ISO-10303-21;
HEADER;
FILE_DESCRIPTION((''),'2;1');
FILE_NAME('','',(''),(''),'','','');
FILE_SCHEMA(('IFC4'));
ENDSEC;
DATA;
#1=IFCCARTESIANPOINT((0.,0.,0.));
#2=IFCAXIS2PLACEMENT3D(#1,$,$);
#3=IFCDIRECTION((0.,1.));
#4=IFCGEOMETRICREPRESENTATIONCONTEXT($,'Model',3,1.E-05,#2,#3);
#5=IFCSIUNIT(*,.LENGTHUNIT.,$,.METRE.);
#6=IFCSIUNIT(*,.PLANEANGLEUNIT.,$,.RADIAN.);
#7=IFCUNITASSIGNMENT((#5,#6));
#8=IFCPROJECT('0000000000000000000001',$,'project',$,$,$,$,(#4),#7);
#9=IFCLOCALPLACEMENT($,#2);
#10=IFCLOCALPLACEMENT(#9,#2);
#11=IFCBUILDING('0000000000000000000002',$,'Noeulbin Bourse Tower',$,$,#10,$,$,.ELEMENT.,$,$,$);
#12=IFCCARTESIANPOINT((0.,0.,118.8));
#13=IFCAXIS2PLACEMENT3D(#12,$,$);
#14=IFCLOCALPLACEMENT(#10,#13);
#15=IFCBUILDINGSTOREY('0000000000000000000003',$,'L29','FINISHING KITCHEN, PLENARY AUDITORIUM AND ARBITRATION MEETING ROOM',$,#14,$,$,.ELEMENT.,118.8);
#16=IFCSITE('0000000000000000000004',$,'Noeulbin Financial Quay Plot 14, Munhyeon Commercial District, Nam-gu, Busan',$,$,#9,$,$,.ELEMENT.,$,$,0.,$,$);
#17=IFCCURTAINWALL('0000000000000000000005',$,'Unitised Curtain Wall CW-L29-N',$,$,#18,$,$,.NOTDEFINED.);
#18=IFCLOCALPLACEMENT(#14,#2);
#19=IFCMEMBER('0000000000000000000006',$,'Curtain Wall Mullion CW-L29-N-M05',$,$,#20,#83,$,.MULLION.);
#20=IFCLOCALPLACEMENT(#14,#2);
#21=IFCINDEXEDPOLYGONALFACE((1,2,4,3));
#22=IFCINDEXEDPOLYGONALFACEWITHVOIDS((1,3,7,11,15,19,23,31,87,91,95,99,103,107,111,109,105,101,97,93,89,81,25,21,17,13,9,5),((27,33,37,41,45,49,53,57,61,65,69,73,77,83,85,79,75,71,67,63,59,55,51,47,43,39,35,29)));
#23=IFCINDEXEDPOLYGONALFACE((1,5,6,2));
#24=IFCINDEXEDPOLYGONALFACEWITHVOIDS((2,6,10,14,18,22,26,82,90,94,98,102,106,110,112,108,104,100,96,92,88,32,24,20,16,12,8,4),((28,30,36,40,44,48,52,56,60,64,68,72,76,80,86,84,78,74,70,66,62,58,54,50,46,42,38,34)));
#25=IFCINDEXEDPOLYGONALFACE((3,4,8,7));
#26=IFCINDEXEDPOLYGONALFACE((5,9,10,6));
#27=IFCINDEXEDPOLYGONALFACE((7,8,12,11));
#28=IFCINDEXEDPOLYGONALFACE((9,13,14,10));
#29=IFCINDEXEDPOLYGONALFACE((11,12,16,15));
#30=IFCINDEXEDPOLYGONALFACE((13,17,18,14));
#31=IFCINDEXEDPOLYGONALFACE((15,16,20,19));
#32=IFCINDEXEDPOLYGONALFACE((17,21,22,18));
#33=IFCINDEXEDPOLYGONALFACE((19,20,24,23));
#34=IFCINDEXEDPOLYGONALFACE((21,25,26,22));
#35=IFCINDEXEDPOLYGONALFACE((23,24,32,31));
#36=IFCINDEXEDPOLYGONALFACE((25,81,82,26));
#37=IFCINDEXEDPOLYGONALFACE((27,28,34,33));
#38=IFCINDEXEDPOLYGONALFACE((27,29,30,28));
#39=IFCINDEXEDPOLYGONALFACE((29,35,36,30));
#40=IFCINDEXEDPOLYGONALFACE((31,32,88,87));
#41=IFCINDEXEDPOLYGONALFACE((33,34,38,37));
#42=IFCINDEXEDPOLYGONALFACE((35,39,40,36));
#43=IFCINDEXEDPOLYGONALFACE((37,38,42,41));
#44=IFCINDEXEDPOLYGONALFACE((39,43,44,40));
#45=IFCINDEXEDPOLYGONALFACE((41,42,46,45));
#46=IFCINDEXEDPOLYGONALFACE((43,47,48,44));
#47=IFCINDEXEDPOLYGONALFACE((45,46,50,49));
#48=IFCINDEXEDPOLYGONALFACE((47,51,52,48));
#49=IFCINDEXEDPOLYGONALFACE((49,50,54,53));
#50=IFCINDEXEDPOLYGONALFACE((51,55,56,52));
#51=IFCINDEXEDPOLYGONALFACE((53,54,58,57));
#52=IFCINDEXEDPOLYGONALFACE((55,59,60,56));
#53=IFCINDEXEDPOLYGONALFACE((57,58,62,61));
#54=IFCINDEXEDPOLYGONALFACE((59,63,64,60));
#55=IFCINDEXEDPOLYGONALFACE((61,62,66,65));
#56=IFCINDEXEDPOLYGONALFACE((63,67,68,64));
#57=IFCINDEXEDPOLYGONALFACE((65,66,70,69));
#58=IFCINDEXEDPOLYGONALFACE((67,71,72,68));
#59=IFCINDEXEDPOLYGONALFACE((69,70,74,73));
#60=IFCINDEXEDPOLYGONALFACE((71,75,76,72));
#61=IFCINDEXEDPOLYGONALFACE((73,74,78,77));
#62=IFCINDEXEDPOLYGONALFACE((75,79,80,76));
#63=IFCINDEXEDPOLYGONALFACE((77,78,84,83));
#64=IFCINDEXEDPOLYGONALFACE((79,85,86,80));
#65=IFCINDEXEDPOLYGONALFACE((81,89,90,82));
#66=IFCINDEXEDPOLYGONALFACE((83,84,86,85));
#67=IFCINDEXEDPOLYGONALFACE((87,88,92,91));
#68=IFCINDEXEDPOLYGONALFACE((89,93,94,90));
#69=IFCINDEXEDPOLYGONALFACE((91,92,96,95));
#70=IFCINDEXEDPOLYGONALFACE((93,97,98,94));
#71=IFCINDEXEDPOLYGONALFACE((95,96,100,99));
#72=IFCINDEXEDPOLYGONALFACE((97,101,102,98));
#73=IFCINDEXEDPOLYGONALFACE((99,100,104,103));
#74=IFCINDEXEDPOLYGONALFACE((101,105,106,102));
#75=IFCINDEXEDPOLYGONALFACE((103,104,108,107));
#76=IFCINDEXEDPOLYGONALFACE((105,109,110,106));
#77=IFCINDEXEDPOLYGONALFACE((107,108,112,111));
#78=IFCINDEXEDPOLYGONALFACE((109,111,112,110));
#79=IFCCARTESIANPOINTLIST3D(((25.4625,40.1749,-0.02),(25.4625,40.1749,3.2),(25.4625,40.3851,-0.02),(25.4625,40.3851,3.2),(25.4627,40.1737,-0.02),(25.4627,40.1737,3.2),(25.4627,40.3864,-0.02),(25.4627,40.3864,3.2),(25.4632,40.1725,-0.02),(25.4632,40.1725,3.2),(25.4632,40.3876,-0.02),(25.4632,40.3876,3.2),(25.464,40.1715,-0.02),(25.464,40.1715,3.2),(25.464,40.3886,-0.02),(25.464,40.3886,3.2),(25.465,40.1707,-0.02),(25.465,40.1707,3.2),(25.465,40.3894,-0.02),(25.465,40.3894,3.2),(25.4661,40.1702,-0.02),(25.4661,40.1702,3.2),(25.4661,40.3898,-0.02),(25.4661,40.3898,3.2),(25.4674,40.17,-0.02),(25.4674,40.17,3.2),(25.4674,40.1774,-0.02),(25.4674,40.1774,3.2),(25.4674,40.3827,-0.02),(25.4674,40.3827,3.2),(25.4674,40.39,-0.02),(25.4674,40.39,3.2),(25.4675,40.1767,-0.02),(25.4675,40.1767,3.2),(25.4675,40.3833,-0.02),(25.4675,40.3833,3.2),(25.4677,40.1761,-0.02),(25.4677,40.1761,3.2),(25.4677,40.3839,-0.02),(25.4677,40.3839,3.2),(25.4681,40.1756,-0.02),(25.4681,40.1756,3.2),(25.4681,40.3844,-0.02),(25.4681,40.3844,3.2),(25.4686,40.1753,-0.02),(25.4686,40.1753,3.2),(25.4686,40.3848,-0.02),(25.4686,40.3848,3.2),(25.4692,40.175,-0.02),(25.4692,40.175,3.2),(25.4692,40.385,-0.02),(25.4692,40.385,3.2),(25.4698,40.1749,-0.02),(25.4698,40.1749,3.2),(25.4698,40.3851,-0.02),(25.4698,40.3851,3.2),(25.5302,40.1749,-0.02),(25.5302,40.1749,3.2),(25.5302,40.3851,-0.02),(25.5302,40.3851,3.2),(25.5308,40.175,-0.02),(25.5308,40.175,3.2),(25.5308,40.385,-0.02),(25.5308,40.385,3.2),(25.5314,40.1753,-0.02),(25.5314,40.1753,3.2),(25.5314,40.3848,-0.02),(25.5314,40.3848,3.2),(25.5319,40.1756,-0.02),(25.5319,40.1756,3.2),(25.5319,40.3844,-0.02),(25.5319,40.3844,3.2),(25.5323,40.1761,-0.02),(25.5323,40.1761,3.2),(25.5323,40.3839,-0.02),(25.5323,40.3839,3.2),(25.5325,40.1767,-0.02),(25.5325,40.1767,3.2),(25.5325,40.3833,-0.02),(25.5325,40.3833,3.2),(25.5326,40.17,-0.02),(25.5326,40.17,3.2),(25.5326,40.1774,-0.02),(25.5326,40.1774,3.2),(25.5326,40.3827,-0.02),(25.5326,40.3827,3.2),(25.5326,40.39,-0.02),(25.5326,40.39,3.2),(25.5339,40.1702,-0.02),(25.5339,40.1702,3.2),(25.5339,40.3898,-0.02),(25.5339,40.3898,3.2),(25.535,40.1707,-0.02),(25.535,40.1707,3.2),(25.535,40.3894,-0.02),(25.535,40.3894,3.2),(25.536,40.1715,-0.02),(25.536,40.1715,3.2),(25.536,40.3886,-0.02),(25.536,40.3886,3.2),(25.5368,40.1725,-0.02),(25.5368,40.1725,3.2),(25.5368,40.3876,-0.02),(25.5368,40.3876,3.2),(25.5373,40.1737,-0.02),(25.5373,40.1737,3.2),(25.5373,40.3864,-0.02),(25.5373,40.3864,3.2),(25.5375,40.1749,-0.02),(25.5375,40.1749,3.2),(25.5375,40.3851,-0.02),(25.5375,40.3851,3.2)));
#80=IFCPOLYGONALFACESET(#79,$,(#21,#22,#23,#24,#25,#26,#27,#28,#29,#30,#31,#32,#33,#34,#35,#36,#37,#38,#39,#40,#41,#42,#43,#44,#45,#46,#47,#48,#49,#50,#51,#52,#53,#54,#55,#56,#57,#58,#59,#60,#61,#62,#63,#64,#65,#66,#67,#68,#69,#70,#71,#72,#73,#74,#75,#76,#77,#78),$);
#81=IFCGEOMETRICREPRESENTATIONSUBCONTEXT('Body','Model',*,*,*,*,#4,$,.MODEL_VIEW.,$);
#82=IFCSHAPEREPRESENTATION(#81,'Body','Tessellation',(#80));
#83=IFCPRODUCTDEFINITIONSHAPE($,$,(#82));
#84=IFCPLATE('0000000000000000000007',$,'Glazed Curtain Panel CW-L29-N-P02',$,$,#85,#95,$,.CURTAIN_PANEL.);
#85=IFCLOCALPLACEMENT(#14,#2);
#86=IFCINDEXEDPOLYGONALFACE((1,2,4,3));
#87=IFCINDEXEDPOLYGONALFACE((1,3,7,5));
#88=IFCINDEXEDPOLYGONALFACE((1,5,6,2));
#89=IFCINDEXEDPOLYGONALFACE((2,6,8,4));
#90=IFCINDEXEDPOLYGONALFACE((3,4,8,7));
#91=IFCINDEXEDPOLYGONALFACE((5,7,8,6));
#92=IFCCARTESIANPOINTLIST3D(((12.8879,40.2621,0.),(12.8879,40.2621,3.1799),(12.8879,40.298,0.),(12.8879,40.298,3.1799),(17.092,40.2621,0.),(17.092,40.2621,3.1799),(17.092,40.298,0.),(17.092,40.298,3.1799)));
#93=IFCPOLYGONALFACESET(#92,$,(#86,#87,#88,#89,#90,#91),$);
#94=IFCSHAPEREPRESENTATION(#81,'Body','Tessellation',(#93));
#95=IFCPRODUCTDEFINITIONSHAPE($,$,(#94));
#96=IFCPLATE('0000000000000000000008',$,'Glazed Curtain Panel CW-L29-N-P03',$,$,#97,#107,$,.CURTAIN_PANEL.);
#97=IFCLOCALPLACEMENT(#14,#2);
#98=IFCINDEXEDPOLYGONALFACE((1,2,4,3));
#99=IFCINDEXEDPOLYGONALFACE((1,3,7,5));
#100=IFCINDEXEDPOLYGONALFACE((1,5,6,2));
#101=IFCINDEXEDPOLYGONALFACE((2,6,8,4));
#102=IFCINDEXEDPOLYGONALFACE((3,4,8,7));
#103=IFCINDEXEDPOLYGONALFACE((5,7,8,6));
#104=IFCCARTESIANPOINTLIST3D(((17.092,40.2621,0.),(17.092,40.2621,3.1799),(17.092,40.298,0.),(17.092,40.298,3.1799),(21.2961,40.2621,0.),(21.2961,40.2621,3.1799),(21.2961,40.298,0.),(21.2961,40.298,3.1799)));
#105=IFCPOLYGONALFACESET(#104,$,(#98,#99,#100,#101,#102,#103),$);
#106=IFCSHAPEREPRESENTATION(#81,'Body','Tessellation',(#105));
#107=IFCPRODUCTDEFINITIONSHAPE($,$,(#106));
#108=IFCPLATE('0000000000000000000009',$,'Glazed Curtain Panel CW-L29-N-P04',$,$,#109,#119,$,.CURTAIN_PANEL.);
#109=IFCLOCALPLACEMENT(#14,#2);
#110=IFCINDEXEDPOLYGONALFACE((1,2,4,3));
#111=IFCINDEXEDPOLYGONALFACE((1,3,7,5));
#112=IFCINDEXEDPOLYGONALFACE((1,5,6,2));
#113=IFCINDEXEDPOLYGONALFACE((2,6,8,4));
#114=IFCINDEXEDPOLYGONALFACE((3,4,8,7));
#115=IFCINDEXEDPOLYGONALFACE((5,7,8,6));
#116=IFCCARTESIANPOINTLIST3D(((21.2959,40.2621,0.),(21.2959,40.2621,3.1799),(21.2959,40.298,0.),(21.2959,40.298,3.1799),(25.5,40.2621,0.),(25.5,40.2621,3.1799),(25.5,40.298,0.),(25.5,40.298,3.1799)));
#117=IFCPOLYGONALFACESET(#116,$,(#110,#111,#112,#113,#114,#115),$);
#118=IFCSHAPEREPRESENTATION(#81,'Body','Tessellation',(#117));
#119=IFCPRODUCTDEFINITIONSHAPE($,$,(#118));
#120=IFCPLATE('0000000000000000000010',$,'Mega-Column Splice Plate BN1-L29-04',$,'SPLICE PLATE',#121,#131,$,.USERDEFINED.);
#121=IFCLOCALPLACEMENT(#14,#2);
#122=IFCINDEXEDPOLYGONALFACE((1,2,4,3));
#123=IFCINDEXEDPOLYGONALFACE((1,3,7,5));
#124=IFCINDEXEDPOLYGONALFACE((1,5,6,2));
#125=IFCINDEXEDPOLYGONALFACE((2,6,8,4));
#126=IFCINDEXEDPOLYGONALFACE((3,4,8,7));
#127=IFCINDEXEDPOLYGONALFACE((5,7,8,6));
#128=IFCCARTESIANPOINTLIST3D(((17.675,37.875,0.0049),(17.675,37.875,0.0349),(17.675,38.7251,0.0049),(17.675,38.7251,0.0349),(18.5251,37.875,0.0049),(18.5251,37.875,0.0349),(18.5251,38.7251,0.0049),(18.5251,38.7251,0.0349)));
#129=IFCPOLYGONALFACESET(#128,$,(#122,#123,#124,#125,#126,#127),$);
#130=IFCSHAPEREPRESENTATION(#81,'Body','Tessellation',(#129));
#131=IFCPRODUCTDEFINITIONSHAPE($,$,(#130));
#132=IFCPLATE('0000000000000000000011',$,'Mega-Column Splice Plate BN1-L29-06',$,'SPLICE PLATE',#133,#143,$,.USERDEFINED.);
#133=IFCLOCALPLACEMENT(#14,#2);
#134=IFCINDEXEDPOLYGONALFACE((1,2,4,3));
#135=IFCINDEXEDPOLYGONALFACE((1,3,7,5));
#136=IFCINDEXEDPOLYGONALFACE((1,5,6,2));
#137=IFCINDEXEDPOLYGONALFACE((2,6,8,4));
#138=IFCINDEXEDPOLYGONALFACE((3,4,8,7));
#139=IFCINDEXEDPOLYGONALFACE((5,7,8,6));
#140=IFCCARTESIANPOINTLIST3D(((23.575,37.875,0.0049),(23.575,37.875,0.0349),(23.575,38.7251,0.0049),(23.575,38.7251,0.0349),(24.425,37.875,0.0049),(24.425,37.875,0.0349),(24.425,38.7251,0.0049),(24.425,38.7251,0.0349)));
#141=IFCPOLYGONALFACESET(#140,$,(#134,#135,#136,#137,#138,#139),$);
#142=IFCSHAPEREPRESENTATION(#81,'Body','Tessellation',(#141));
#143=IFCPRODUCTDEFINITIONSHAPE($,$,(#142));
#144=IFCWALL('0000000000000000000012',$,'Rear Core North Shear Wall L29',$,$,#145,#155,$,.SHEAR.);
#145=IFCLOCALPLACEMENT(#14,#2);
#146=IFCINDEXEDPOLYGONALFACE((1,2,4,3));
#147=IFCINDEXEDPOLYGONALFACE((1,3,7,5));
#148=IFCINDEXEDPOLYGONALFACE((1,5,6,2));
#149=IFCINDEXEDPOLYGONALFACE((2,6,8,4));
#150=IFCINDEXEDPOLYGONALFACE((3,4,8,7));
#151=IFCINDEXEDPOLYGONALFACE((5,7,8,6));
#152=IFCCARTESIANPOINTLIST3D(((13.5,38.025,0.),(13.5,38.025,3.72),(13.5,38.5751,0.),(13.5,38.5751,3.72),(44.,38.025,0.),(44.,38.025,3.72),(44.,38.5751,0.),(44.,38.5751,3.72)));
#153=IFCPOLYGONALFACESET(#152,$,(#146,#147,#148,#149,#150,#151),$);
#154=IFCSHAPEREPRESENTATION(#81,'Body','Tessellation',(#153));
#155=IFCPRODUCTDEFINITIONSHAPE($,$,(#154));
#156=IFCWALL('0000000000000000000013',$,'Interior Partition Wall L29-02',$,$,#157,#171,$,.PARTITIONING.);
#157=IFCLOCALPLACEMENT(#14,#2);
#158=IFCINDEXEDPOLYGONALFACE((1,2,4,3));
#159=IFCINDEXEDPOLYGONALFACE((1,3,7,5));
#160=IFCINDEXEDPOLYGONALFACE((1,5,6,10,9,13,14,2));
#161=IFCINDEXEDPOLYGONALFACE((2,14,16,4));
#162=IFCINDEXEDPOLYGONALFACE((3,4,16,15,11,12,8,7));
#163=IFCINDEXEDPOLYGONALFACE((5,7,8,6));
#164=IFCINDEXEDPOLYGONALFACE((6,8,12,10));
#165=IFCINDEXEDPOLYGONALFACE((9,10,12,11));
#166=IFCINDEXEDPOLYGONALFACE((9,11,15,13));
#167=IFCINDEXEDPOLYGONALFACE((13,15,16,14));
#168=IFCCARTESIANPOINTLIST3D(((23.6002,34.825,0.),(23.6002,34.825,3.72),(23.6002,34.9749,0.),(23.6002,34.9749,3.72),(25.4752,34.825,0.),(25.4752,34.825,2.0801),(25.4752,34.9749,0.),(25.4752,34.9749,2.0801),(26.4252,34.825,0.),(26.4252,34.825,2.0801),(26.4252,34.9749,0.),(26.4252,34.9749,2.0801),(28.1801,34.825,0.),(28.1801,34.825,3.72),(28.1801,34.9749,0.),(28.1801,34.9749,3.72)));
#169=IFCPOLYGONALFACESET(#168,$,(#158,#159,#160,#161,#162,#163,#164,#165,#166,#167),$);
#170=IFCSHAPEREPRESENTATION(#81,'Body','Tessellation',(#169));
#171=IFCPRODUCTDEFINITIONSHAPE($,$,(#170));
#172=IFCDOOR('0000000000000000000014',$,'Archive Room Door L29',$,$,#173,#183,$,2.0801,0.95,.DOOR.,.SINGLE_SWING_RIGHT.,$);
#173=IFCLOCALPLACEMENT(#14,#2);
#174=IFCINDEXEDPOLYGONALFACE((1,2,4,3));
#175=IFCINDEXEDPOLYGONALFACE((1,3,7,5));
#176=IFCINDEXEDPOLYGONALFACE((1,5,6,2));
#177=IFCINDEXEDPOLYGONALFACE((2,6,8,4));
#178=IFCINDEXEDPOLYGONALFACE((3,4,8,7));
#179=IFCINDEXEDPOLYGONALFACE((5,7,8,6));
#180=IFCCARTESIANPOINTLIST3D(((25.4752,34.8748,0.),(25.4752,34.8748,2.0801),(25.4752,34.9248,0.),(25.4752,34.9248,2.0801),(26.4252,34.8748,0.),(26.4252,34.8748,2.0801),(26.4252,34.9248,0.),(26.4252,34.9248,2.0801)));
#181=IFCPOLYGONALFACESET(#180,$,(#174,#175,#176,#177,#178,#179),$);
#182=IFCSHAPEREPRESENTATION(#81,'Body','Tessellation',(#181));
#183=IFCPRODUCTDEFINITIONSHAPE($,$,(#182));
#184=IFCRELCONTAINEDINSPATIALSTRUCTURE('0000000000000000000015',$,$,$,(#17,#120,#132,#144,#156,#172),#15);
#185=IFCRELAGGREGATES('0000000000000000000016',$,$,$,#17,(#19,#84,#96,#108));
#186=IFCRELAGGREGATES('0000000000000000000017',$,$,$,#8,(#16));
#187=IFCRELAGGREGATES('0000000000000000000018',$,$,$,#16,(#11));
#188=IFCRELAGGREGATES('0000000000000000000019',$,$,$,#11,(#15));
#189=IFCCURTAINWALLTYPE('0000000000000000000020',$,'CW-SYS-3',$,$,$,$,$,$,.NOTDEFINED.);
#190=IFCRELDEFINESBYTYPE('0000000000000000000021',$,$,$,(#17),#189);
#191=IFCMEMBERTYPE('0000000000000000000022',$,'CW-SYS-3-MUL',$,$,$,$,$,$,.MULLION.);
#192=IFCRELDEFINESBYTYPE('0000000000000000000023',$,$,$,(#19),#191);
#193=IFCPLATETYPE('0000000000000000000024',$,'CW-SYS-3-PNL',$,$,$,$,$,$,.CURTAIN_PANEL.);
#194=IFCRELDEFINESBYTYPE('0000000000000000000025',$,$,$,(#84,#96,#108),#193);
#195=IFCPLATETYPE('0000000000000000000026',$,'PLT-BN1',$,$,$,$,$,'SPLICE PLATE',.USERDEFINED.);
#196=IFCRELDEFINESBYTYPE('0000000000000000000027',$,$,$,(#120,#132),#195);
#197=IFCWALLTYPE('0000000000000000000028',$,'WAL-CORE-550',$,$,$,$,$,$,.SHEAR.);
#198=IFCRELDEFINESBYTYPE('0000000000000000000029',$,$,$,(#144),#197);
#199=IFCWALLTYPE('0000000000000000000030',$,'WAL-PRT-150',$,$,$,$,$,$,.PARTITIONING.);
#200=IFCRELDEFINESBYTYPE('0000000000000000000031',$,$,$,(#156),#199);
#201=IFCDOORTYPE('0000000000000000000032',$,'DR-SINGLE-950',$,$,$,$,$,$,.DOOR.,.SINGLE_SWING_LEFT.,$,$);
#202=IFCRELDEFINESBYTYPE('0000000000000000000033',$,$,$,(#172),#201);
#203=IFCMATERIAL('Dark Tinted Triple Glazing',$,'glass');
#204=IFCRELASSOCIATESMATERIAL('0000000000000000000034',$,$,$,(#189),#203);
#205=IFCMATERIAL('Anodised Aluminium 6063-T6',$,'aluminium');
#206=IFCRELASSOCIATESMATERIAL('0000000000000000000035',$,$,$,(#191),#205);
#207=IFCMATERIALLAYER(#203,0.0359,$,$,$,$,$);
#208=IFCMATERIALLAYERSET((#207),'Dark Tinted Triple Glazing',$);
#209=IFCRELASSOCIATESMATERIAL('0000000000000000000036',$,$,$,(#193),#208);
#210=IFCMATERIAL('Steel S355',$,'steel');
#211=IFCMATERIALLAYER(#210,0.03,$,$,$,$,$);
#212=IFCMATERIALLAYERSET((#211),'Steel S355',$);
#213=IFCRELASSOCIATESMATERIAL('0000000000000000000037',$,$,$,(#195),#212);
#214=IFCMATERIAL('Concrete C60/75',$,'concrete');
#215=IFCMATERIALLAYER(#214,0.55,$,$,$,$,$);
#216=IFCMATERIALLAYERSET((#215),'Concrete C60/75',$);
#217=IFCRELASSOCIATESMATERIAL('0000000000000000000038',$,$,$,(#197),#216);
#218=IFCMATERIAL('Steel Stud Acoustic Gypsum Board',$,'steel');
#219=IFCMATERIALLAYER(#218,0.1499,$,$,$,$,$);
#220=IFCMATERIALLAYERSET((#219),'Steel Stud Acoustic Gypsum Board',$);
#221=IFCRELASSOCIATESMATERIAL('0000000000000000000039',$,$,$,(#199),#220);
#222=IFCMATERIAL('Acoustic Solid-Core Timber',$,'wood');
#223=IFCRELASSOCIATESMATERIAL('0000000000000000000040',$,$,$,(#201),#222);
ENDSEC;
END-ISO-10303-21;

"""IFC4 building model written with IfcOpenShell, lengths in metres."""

from ifc_helpers import new_model, si_unit, direction, frame, frame_2d, origin, origin_2d, place, context, subcontext, project, spatial, rectangle, hollow_rectangle, extrude, material, layer, layer_set, material_profile, profile_set, type_object, element, fill, aggregate, save


model = new_model("IFC4")

# Units and contexts
model_context = context("Model", 3, precision=1e-05, world=origin(), true_north=direction((0.0, 1.0)))
body_context = subcontext(model_context, "Body", "Model", "MODEL_VIEW")
ifc_project = project(units=[si_unit("LENGTHUNIT", "METRE"), si_unit("PLANEANGLEUNIT", "RADIAN")], contexts=[model_context])

# Site, building, storey
site_placement = place(None, origin())
site = spatial("IfcSite", under=ifc_project, at=site_placement, Name="Noeulbin Financial Quay Plot 14, Munhyeon Commercial District, Nam-gu, Busan", CompositionType="ELEMENT", RefElevation=0.0)
building_placement = place(site_placement, origin())
building = spatial("IfcBuilding", under=site, at=building_placement, Name="Noeulbin Bourse Tower", CompositionType="ELEMENT")
storey_placement = place(building_placement, frame((0.0, 0.0, 118.8)))
storey = spatial("IfcBuildingStorey", under=building, at=storey_placement, Name="L29", Description="FINISHING KITCHEN, PLENARY AUDITORIUM AND ARBITRATION MEETING ROOM", CompositionType="ELEMENT", Elevation=118.8)

# Shared definitions
ifc_material_1 = material(Name="Steel S355", Category="steel")

# Curtain wall, member, plates
ifc_material_2 = material(Name="Dark Tinted Triple Glazing", Category="glass")
curtain_wall_type = type_object("IfcCurtainWallType", Name="CW-SYS-3", PredefinedType="NOTDEFINED", material=ifc_material_2)
curtain_wall_placement = place(storey_placement, origin())
curtain_wall = element("IfcCurtainWall", 1, at=curtain_wall_placement, inside=storey, type_object=curtain_wall_type, Name="Unitised Curtain Wall CW-L29-N", PredefinedType="NOTDEFINED")
ifc_material_3 = material(Name="Anodised Aluminium 6063-T6", Category="aluminium")
ifc_material_profile_1 = material_profile(ifc_material_3, hollow_rectangle(XDim=0.075, YDim=0.22, WallThickness=0.0049, InnerFilletRadius=0.0024, OuterFilletRadius=0.0049, at=origin_2d()), Name="ALU-MULL-75x220x5", Category="LoadBearing")
ifc_profile_set_1 = profile_set([ifc_material_profile_1], Name="Anodised Aluminium 6063-T6")
member_type = type_object("IfcMemberType", Name="CW-SYS-3-MUL", PredefinedType="MULLION", material=ifc_profile_set_1)
member_1_placement = place(storey_placement, frame((25.5, 40.28, -0.02), z_axis=(0.0, 0.0, 1.0), x_axis=(1.0, 0.0, 0.0)))
member_1 = element("IfcMember", 2, at=member_1_placement, type_object=member_type, Name="Curtain Wall Mullion CW-L29-N-M05", PredefinedType="MULLION", context=body_context, shape_type="SweptSolid", body=[
    extrude(hollow_rectangle(XDim=0.075, YDim=0.22, WallThickness=0.0049, InnerFilletRadius=0.0024, OuterFilletRadius=0.0049, at=origin_2d()), origin(), (0.0, 0.0, 1.0), 3.22),
])
ifc_layer_1 = layer(ifc_material_2, 0.0359)
ifc_layer_set_1 = layer_set([ifc_layer_1], Name="Dark Tinted Triple Glazing")
plate_type_1 = type_object("IfcPlateType", Name="CW-SYS-3-PNL", PredefinedType="CURTAIN_PANEL", material=ifc_layer_set_1)
plate_1_placement = place(storey_placement, frame((14.99, 40.28, 0.0), z_axis=(0.0, 0.0, 1.0), x_axis=(1.0, 0.0, 0.0)))
plate_1 = element("IfcPlate", 3, at=plate_1_placement, type_object=plate_type_1, Name="Glazed Curtain Panel CW-L29-N-P02", PredefinedType="CURTAIN_PANEL", context=body_context, shape_type="SweptSolid", body=[
    extrude(rectangle(XDim=4.2041, YDim=0.0359, at=origin_2d()), origin(), (0.0, 0.0, 1.0), 3.1799),
])
plate_2_placement = place(storey_placement, frame((19.1941, 40.28, 0.0), z_axis=(0.0, 0.0, 1.0), x_axis=(1.0, 0.0, 0.0)))
plate_2 = element("IfcPlate", 4, at=plate_2_placement, type_object=plate_type_1, Name="Glazed Curtain Panel CW-L29-N-P03", PredefinedType="CURTAIN_PANEL", context=body_context, shape_type="SweptSolid", body=[
    extrude(rectangle(XDim=4.2041, YDim=0.0359, at=origin_2d()), origin(), (0.0, 0.0, 1.0), 3.1799),
])
plate_3_placement = place(storey_placement, frame((23.3979, 40.28, 0.0), z_axis=(0.0, 0.0, 1.0), x_axis=(1.0, 0.0, 0.0)))
plate_3 = element("IfcPlate", 5, at=plate_3_placement, type_object=plate_type_1, Name="Glazed Curtain Panel CW-L29-N-P04", PredefinedType="CURTAIN_PANEL", context=body_context, shape_type="SweptSolid", body=[
    extrude(rectangle(XDim=4.2041, YDim=0.0359, at=origin_2d()), origin(), (0.0, 0.0, 1.0), 3.1799),
])
aggregate(curtain_wall, [member_1, plate_1, plate_2, plate_3])

# Plates
ifc_layer_2 = layer(ifc_material_1, 0.03)
ifc_layer_set_2 = layer_set([ifc_layer_2], Name="Steel S355")
plate_type_2 = type_object("IfcPlateType", Name="PLT-BN1", ElementType="SPLICE PLATE", PredefinedType="USERDEFINED", material=ifc_layer_set_2)
for number, where, z_axis, x_axis, name in (
    (6, (18.1001, 38.3, 0.0049), (0.0, 0.0, 1.0), (1.0, 0.0, 0.0), "Mega-Column Splice Plate BN1-L29-04"),
    (7, (24.0, 38.3, 0.0049), (0.0, 0.0, 1.0), (1.0, 0.0, 0.0), "Mega-Column Splice Plate BN1-L29-06"),
):
    element("IfcPlate", number, at=place(storey_placement, frame(where, z_axis=z_axis, x_axis=x_axis)), inside=storey, type_object=plate_type_2, Name=name, ObjectType="SPLICE PLATE", PredefinedType="USERDEFINED", context=body_context, shape_type="SweptSolid", body=[
        extrude(rectangle(XDim=0.8501, YDim=0.8501, at=origin_2d()), origin(), (0.0, 0.0, 1.0), 0.03),
    ])

# Wall
ifc_material_4 = material(Name="Concrete C60/75", Category="concrete")
ifc_layer_3 = layer(ifc_material_4, 0.55)
ifc_layer_set_3 = layer_set([ifc_layer_3], Name="Concrete C60/75")
wall_type_1 = type_object("IfcWallType", Name="WAL-CORE-550", PredefinedType="SHEAR", material=ifc_layer_set_3)
wall_1_placement = place(storey_placement, frame((13.5, 38.3, 0.0), z_axis=(0.0, 0.0, 1.0), x_axis=(1.0, 0.0, 0.0)))
element("IfcWall", 8, at=wall_1_placement, inside=storey, type_object=wall_type_1, Name="Rear Core North Shear Wall L29", PredefinedType="SHEAR", context=body_context, shape_type="SweptSolid", body=[
    extrude(rectangle(XDim=30.5, YDim=0.55, at=frame_2d((15.25, 0.0))), origin(), (0.0, 0.0, 1.0), 3.72),
])

# Wall, opening, door
ifc_material_5 = material(Name="Steel Stud Acoustic Gypsum Board", Category="steel")
ifc_layer_4 = layer(ifc_material_5, 0.1499)
ifc_layer_set_4 = layer_set([ifc_layer_4], Name="Steel Stud Acoustic Gypsum Board")
wall_type_2 = type_object("IfcWallType", Name="WAL-PRT-150", PredefinedType="PARTITIONING", material=ifc_layer_set_4)
wall_2_placement = place(storey_placement, frame((23.6001, 34.8999, 0.0), z_axis=(0.0, 0.0, 1.0), x_axis=(1.0, 0.0, 0.0)))
wall_2 = element("IfcWall", 9, at=wall_2_placement, inside=storey, type_object=wall_type_2, Name="Interior Partition Wall L29-02", PredefinedType="PARTITIONING", context=body_context, shape_type="SweptSolid", body=[
    extrude(rectangle(XDim=4.5798, YDim=0.1499, at=frame_2d((2.29, 0.0))), origin(), (0.0, 0.0, 1.0), 3.72),
])
opening_1_placement = place(wall_2_placement, frame((1.875, 0.0, 0.0)))
opening_1 = element("IfcOpeningElement", 10, at=opening_1_placement, cuts=wall_2, PredefinedType="OPENING", context=body_context, shape_type="SweptSolid", body=[
    extrude(rectangle(XDim=0.95, YDim=2.0801, at=frame_2d((0.4751, 1.04))), frame((0.0, 0.085, 0.0), z_axis=(0.0, -1.0, 0.0), x_axis=(1.0, 0.0, 0.0)), (0.0, 0.0, 1.0), 0.1699),
])
ifc_material_6 = material(Name="Acoustic Solid-Core Timber", Category="wood")
door_type_1 = type_object("IfcDoorType", Name="DR-SINGLE-950", OperationType="SINGLE_SWING_LEFT", PredefinedType="DOOR", material=ifc_material_6)
door_1_placement = place(opening_1_placement, origin())
door_1 = element("IfcDoor", 11, at=door_1_placement, inside=storey, type_object=door_type_1, Name="Archive Room Door L29", OperationType="SINGLE_SWING_RIGHT", OverallHeight=2.0801, OverallWidth=0.95, PredefinedType="DOOR", context=body_context, shape_type="SweptSolid", body=[
    extrude(rectangle(XDim=0.95, YDim=2.0801, at=frame_2d((0.4751, 1.04))), frame((0.0, 0.0249, 0.0), z_axis=(0.0, -1.0, 0.0), x_axis=(1.0, 0.0, 0.0)), (0.0, 0.0, 1.0), 0.05),
])
fill(opening_1, door_1)

save(model, "model.ifc")
